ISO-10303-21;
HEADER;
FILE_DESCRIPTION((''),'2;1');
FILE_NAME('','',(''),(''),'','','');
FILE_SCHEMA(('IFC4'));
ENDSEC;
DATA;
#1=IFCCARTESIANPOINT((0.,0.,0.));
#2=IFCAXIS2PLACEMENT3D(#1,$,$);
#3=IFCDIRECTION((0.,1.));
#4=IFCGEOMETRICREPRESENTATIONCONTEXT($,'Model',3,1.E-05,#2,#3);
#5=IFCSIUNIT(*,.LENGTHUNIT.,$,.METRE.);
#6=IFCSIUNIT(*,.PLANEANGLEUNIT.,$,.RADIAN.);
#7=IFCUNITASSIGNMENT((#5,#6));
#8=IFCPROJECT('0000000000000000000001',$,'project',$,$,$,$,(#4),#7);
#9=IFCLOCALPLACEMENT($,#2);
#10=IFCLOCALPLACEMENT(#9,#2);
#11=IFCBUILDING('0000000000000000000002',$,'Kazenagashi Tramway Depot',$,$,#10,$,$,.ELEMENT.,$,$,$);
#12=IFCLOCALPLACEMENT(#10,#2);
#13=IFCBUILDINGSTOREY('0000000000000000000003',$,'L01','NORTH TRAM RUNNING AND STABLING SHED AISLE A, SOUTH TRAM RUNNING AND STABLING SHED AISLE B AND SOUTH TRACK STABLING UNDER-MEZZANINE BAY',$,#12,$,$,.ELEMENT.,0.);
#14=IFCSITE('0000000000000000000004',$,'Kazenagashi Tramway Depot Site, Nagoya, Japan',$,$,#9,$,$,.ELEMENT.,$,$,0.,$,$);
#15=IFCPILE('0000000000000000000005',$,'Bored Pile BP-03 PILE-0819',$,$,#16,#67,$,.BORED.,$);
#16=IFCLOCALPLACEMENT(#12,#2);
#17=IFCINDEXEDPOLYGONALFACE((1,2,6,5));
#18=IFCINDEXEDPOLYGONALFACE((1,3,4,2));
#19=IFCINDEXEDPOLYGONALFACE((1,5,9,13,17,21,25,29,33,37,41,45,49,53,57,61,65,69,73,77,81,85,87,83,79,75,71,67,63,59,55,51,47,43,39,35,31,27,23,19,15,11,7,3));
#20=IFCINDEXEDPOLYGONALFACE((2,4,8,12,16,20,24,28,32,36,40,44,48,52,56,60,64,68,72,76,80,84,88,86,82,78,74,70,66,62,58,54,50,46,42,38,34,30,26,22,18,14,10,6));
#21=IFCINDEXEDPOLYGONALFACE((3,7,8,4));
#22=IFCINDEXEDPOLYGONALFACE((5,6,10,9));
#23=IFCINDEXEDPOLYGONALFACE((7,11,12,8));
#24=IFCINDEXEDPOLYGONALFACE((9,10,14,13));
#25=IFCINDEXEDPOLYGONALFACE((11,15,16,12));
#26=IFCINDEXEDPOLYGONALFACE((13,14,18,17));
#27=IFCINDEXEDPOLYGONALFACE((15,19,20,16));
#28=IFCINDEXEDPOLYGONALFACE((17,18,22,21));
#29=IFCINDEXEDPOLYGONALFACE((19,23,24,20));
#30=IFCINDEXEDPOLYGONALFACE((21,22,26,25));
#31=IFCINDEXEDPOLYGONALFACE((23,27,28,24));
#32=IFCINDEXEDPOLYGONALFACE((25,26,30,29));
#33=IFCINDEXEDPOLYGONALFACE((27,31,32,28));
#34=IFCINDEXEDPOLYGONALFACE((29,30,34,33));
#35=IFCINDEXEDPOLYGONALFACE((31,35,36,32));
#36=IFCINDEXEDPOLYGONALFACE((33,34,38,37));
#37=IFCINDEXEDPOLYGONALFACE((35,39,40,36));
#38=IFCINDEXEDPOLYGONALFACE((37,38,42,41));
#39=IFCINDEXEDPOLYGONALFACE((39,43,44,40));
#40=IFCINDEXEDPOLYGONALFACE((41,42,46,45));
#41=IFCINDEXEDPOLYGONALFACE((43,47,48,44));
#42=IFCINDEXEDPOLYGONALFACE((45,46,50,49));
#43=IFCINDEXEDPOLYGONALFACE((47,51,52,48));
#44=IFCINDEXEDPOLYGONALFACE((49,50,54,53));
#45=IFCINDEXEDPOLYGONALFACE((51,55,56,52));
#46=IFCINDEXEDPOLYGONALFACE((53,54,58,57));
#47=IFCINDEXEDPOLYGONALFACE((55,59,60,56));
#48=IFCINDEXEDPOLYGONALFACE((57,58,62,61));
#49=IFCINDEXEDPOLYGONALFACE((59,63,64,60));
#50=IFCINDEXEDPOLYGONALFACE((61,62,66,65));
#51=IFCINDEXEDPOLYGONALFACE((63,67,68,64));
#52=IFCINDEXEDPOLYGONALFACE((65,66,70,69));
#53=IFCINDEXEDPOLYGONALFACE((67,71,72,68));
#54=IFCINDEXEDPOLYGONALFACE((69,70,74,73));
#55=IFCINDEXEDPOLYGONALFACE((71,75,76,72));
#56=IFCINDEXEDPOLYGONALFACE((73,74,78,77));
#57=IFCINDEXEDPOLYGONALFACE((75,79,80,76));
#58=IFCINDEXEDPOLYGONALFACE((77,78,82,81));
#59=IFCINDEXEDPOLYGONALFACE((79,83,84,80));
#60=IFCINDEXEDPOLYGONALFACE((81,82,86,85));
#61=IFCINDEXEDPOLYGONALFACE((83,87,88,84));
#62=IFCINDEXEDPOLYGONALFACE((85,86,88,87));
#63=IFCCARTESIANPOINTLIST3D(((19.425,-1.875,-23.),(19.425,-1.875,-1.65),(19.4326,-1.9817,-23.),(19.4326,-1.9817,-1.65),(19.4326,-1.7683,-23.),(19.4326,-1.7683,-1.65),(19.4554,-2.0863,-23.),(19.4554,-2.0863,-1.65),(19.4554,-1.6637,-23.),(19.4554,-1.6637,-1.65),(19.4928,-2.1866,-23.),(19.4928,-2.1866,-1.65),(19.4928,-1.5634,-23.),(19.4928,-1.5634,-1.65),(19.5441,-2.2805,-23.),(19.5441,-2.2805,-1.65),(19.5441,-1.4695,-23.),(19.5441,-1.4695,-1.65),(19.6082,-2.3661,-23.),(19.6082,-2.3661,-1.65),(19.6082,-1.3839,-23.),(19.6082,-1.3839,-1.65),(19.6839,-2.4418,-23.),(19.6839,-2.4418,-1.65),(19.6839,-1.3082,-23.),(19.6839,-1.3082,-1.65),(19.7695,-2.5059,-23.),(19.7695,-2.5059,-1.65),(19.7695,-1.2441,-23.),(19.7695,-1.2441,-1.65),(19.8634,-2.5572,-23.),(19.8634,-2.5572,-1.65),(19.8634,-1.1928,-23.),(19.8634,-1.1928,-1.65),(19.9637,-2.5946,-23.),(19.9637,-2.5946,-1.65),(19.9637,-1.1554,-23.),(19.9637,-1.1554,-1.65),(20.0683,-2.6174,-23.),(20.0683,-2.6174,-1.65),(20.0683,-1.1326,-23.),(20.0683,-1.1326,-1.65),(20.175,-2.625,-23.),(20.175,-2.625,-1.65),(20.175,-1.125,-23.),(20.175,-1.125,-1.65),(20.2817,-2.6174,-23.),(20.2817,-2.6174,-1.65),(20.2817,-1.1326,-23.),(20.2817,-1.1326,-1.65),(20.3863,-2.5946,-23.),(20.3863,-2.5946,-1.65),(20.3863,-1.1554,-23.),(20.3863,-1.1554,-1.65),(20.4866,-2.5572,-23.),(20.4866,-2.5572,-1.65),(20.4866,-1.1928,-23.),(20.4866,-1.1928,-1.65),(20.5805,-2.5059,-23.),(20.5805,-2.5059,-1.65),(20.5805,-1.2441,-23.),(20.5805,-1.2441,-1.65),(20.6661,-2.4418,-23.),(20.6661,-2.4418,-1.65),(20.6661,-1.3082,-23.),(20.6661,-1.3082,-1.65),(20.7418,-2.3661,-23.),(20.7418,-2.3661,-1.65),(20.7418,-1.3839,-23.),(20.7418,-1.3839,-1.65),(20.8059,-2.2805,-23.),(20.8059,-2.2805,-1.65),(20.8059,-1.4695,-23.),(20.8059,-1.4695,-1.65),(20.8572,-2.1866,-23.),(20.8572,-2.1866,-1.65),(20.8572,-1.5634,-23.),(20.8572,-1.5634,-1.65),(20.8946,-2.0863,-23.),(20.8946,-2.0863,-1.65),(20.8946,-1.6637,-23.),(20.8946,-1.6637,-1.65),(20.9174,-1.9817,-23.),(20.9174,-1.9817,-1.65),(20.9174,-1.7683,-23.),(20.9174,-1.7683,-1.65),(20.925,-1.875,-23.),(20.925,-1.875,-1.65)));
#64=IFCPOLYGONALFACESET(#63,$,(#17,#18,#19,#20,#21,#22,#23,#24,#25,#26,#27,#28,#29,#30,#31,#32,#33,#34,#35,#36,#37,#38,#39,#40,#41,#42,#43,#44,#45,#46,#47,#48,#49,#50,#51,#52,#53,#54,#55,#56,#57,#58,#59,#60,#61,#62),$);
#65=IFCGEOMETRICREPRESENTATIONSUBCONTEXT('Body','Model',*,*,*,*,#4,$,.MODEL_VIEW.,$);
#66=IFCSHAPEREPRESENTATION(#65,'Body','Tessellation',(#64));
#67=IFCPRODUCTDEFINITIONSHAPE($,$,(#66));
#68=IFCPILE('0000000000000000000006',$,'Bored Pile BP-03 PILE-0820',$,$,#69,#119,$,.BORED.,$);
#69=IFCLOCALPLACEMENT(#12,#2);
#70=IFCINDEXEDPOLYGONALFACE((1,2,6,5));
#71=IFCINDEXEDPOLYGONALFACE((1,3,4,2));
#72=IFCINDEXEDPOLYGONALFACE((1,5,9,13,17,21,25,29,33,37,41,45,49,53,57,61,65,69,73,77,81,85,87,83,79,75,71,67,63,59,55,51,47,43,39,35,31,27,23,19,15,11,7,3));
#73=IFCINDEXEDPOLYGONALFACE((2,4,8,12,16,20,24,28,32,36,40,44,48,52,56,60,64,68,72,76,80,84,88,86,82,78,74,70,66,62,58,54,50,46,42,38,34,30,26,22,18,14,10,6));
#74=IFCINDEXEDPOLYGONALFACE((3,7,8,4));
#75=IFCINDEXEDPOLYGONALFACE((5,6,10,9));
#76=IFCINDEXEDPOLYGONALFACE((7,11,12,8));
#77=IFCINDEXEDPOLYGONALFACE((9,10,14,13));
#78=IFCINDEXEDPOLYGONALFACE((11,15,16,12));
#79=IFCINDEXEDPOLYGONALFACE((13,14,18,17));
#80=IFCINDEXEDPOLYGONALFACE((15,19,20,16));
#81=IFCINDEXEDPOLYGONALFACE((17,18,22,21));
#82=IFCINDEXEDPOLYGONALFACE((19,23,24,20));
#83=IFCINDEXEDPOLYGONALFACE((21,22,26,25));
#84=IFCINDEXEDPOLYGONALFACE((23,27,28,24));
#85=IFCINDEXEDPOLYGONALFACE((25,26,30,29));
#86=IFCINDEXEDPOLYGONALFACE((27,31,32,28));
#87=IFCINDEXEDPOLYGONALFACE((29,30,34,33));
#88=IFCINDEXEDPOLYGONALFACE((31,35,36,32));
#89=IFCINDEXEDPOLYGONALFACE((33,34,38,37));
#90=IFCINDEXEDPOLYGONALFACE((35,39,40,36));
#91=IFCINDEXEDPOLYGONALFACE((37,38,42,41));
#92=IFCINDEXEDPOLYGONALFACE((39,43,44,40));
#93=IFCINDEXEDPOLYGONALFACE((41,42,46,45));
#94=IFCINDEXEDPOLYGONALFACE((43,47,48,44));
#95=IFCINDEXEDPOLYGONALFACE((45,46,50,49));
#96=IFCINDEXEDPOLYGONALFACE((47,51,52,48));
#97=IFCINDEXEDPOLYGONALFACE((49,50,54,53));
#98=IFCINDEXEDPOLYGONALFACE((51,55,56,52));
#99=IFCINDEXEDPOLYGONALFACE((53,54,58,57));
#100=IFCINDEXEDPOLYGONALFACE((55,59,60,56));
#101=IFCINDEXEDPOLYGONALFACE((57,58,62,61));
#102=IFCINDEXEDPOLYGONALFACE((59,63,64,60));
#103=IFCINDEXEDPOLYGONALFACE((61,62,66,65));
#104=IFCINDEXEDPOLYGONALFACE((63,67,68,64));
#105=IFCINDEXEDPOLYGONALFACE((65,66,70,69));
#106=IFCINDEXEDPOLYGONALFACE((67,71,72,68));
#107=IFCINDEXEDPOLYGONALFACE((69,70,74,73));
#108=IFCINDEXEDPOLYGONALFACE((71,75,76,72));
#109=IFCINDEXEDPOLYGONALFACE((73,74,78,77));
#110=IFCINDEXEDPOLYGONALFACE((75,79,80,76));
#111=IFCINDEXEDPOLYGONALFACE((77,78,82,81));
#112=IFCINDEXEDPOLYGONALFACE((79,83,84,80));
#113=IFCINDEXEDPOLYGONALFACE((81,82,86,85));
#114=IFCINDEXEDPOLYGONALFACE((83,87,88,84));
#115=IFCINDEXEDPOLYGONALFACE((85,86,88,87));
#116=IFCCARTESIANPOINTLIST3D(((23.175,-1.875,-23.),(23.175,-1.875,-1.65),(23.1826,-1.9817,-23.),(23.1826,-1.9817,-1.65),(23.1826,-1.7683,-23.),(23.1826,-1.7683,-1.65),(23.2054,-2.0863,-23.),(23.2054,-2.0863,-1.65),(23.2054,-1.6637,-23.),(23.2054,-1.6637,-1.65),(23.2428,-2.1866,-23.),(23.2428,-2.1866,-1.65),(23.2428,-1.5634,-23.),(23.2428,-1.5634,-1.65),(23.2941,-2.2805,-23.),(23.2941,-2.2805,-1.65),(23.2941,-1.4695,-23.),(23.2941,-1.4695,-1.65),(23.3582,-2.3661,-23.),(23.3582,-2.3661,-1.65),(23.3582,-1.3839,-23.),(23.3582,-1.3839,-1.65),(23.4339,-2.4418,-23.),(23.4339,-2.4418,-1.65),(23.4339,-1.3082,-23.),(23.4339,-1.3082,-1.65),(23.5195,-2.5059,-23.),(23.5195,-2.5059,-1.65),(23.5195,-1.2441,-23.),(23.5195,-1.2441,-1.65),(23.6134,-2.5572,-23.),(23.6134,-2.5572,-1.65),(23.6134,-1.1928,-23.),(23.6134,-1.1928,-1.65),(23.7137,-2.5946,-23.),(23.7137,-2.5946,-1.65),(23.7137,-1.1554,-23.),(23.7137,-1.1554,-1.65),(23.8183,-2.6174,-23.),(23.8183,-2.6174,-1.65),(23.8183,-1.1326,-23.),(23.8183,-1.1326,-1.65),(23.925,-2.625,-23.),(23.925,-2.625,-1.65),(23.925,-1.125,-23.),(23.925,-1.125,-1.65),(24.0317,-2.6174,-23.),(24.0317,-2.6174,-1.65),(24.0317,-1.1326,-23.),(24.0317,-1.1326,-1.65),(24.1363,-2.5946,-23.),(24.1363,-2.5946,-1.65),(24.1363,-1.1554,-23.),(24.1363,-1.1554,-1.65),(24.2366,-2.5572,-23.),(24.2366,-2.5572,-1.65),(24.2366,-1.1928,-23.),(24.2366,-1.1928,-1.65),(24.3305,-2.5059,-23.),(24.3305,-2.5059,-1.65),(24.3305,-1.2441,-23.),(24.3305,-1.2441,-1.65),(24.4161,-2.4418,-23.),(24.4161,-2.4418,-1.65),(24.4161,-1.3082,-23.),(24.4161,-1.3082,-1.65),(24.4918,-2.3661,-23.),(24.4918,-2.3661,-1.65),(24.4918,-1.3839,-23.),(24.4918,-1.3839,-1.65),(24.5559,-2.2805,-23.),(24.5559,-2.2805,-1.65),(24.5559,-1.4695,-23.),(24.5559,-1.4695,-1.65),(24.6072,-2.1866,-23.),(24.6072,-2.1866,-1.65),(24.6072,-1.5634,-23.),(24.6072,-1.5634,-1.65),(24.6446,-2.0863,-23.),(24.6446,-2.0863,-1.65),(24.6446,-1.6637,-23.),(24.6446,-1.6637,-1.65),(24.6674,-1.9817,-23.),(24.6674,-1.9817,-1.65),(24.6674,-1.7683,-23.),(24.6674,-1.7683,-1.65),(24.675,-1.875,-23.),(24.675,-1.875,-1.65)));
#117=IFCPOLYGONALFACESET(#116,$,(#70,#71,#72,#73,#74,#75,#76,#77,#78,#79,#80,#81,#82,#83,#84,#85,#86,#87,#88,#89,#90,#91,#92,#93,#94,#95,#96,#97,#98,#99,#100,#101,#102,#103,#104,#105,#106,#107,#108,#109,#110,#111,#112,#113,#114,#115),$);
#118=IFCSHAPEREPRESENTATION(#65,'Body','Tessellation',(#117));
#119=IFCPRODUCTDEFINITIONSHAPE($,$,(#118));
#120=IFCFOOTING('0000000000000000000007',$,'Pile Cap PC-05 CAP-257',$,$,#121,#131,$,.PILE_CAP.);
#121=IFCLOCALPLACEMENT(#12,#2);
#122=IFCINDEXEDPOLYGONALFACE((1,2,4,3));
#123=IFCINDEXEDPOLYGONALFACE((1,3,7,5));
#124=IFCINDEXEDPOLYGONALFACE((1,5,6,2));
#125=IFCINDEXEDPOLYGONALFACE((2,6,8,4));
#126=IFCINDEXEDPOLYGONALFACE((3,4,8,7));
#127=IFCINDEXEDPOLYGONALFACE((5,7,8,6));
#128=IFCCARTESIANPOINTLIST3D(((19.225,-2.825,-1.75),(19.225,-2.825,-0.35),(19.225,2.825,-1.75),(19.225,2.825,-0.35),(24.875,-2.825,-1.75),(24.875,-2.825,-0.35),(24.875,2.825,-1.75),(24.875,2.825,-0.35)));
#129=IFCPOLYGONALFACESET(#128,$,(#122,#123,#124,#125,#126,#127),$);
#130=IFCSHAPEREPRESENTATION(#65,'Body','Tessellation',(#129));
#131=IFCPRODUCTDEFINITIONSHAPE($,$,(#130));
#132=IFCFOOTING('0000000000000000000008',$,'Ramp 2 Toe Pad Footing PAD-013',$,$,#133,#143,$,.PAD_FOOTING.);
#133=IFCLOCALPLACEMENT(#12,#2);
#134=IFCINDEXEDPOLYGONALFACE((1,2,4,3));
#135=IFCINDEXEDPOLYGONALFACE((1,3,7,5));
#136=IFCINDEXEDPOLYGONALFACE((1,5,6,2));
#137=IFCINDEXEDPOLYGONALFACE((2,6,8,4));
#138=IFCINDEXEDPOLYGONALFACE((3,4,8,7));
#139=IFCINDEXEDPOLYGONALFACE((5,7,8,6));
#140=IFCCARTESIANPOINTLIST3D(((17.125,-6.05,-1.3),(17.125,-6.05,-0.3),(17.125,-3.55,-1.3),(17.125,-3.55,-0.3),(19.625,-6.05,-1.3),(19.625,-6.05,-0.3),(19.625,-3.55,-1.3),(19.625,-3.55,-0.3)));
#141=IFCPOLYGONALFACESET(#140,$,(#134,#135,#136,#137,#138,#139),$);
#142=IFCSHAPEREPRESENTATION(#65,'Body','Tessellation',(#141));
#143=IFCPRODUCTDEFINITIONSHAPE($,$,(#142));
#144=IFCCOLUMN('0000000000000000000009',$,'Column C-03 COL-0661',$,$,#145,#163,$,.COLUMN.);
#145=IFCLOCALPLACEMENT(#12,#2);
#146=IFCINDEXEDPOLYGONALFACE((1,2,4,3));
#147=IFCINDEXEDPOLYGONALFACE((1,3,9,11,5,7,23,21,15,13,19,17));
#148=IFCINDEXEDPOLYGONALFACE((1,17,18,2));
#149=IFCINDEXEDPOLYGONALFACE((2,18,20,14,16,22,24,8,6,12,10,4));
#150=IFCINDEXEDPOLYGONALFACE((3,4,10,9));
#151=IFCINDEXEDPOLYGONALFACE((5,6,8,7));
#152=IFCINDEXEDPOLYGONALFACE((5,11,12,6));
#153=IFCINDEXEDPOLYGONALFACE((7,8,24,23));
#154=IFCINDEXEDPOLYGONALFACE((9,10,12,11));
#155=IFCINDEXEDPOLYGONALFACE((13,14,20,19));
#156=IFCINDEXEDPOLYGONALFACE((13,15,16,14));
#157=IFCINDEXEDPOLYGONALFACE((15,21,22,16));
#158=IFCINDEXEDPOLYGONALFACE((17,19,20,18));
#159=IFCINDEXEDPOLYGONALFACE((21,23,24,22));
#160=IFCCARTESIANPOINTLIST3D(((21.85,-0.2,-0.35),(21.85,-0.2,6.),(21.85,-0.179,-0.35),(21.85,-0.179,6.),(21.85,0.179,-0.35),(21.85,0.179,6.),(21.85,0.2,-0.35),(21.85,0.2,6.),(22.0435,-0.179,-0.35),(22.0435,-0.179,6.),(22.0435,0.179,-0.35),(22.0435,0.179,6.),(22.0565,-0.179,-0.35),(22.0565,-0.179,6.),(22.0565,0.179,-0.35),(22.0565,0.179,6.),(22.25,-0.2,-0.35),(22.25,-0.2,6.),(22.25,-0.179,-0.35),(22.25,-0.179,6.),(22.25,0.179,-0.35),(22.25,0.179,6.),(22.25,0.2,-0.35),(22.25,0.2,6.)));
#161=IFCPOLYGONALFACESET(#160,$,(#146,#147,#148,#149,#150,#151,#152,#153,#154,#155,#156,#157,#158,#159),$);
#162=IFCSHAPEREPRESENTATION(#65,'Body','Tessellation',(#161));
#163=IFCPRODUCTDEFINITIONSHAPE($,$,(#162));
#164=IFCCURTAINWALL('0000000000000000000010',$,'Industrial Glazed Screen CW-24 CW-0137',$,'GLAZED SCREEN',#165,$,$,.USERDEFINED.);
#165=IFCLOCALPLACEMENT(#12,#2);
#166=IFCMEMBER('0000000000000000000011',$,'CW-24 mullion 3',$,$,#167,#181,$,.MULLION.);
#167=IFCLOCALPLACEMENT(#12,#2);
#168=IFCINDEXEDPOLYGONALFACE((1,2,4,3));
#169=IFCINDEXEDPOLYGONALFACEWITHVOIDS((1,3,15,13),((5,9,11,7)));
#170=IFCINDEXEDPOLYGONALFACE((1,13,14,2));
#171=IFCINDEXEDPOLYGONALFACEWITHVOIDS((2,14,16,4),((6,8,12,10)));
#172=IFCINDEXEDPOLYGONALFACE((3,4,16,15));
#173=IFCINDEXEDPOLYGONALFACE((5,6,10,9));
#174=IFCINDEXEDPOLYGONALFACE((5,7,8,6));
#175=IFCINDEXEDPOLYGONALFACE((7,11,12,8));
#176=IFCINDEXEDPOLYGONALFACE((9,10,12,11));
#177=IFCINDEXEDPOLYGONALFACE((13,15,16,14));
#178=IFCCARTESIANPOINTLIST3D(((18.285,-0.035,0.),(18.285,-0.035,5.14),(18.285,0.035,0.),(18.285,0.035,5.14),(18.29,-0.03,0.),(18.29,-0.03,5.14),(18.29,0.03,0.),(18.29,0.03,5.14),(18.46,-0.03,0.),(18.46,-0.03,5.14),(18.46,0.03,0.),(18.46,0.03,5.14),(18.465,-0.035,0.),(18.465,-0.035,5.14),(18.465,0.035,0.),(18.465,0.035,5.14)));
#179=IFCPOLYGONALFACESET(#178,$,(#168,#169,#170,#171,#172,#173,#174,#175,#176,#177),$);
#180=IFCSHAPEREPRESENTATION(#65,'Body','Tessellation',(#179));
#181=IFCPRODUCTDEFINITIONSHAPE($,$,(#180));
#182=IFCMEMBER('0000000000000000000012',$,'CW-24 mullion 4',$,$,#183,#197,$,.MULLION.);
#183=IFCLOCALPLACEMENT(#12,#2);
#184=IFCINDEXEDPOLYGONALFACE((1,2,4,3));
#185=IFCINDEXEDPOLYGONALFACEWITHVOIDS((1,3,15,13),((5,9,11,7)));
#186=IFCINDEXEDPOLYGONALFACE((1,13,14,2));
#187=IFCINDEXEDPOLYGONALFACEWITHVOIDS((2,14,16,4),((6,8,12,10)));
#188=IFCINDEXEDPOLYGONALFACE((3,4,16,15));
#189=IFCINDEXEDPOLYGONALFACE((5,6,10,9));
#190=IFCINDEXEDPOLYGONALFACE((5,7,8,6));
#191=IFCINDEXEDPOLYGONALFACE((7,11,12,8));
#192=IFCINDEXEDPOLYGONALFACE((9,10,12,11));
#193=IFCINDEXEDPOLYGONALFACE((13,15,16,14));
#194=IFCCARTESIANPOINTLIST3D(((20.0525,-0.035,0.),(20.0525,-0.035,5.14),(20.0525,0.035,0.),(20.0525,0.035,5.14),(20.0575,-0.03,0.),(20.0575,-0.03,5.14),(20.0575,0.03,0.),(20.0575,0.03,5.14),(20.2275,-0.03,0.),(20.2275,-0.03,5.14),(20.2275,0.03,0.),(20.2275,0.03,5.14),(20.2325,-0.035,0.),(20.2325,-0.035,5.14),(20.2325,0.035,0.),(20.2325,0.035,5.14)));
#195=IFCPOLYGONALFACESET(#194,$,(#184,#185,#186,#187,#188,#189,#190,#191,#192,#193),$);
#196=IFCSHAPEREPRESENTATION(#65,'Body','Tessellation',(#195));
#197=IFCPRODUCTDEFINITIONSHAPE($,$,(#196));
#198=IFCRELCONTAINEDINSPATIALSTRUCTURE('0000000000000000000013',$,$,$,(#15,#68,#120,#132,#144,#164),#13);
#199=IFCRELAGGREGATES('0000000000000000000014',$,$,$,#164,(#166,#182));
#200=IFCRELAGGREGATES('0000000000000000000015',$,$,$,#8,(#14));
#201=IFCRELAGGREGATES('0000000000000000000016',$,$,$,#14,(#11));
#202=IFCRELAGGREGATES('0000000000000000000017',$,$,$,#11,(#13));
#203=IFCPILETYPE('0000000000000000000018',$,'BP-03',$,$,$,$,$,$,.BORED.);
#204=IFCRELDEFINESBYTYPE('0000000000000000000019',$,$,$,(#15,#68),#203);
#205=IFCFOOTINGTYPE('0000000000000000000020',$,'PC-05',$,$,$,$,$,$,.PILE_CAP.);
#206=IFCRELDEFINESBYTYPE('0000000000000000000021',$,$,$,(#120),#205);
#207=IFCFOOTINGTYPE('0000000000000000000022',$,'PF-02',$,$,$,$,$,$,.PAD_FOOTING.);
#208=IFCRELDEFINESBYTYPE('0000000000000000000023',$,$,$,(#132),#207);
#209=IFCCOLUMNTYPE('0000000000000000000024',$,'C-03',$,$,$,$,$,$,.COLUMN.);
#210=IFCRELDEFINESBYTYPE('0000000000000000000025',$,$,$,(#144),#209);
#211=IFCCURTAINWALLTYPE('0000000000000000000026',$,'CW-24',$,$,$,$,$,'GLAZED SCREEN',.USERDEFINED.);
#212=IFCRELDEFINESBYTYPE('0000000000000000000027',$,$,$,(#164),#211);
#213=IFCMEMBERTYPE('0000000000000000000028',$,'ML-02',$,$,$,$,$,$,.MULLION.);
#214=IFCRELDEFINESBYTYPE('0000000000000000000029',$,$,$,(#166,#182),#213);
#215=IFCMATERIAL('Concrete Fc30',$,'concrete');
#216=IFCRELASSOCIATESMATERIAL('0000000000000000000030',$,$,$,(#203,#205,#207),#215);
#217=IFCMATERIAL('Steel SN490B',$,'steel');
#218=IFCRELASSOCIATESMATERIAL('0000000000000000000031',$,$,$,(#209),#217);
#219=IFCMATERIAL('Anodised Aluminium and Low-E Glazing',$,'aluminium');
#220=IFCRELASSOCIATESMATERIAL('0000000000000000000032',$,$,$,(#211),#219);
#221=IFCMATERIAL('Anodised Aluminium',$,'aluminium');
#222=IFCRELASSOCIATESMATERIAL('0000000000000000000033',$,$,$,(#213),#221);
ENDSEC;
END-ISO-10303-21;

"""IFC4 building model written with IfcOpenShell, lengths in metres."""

from ifc_helpers import new_model, si_unit, direction, frame, origin, origin_2d, place, context, subcontext, project, spatial, rectangle, hollow_rectangle, circle, i_section, extrude, material, material_profile, profile_set, type_object, element, aggregate, save


model = new_model("IFC4")

# Units and contexts
model_context = context("Model", 3, precision=1e-05, world=origin(), true_north=direction((0.0, 1.0)))
body_context = subcontext(model_context, "Body", "Model", "MODEL_VIEW")
ifc_project = project(units=[si_unit("LENGTHUNIT", "METRE"), si_unit("PLANEANGLEUNIT", "RADIAN")], contexts=[model_context])

# Site, building, storey
site_placement = place(None, origin())
site = spatial("IfcSite", under=ifc_project, at=site_placement, Name="Kazenagashi Tramway Depot Site, Nagoya, Japan", CompositionType="ELEMENT", RefElevation=0.0)
building_placement = place(site_placement, origin())
building = spatial("IfcBuilding", under=site, at=building_placement, Name="Kazenagashi Tramway Depot", CompositionType="ELEMENT")
storey_placement = place(building_placement, origin())
storey = spatial("IfcBuildingStorey", under=building, at=storey_placement, Name="L01", Description="NORTH TRAM RUNNING AND STABLING SHED AISLE A, SOUTH TRAM RUNNING AND STABLING SHED AISLE B AND SOUTH TRACK STABLING UNDER-MEZZANINE BAY", CompositionType="ELEMENT", Elevation=0.0)

# Piles
ifc_material_1 = material(Name="Concrete Fc30", Category="concrete")
ifc_material_profile_1 = material_profile(ifc_material_1, circle(Radius=0.75, at=origin_2d()), Name="PILE-1500")
ifc_profile_set_1 = profile_set([ifc_material_profile_1], Name="Concrete Fc30")
pile_type = type_object("IfcPileType", Name="BP-03", PredefinedType="BORED", material=ifc_profile_set_1)
for number, where, z_axis, x_axis, name in (
    (1, (20.175, -1.875, -1.65), (0.0, 0.0, -1.0), (1.0, 0.0, 0.0), "Bored Pile BP-03 PILE-0819"),
    (2, (23.925, -1.875, -1.65), (0.0, 0.0, -1.0), (1.0, 0.0, 0.0), "Bored Pile BP-03 PILE-0820"),
):
    element("IfcPile", number, at=place(storey_placement, frame(where, z_axis=z_axis, x_axis=x_axis)), inside=storey, type_object=pile_type, Name=name, PredefinedType="BORED", context=body_context, shape_type="SweptSolid", body=[
        extrude(circle(Radius=0.75, at=origin_2d()), origin(), (0.0, 0.0, 1.0), 21.35),
    ])

# Footings
footing_type_1 = type_object("IfcFootingType", Name="PC-05", PredefinedType="PILE_CAP", material=ifc_material_1)
footing_1_placement = place(storey_placement, frame((22.05, 0.0, -1.75), z_axis=(0.0, 0.0, 1.0), x_axis=(1.0, 0.0, 0.0)))
element("IfcFooting", 3, at=footing_1_placement, inside=storey, type_object=footing_type_1, Name="Pile Cap PC-05 CAP-257", PredefinedType="PILE_CAP", context=body_context, shape_type="SweptSolid", body=[
    extrude(rectangle(XDim=5.65, YDim=5.65, at=origin_2d()), origin(), (0.0, 0.0, 1.0), 1.4),
])
footing_type_2 = type_object("IfcFootingType", Name="PF-02", PredefinedType="PAD_FOOTING", material=ifc_material_1)
footing_2_placement = place(storey_placement, frame((18.375, -4.8, -1.3), z_axis=(0.0, 0.0, 1.0), x_axis=(1.0, 0.0, 0.0)))
element("IfcFooting", 4, at=footing_2_placement, inside=storey, type_object=footing_type_2, Name="Ramp 2 Toe Pad Footing PAD-013", PredefinedType="PAD_FOOTING", context=body_context, shape_type="SweptSolid", body=[
    extrude(rectangle(XDim=2.5, YDim=2.5, at=origin_2d()), origin(), (0.0, 0.0, 1.0), 1.0),
])

# Column
ifc_material_2 = material(Name="Steel SN490B", Category="steel")
ifc_material_profile_2 = material_profile(ifc_material_2, i_section(OverallWidth=0.4, OverallDepth=0.4, WebThickness=0.013, FlangeThickness=0.021, at=origin_2d()), Name="H-400x400x13x21")
ifc_profile_set_2 = profile_set([ifc_material_profile_2], Name="Steel SN490B")
column_type = type_object("IfcColumnType", Name="C-03", PredefinedType="COLUMN", material=ifc_profile_set_2)
column_placement = place(storey_placement, frame((22.05, 0.0, -0.35), z_axis=(0.0, 0.0, 1.0), x_axis=(1.0, 0.0, 0.0)))
element("IfcColumn", 5, at=column_placement, inside=storey, type_object=column_type, Name="Column C-03 COL-0661", PredefinedType="COLUMN", context=body_context, shape_type="SweptSolid", body=[
    extrude(i_section(OverallWidth=0.4, OverallDepth=0.4, WebThickness=0.013, FlangeThickness=0.021, at=origin_2d()), origin(), (0.0, 0.0, 1.0), 6.35),
])

# Curtain wall, members
ifc_material_3 = material(Name="Anodised Aluminium and Low-E Glazing", Category="aluminium")
curtain_wall_type = type_object("IfcCurtainWallType", Name="CW-24", ElementType="GLAZED SCREEN", PredefinedType="USERDEFINED", material=ifc_material_3)
curtain_wall_1_placement = place(storey_placement, origin())
curtain_wall_1 = element("IfcCurtainWall", 6, at=curtain_wall_1_placement, inside=storey, type_object=curtain_wall_type, Name="Industrial Glazed Screen CW-24 CW-0137", ObjectType="GLAZED SCREEN", PredefinedType="USERDEFINED")
ifc_material_4 = material(Name="Anodised Aluminium", Category="aluminium")
ifc_material_profile_3 = material_profile(ifc_material_4, hollow_rectangle(XDim=0.07, YDim=0.18, WallThickness=0.005, at=origin_2d()), Name="RHS-180x70x5")
ifc_profile_set_3 = profile_set([ifc_material_profile_3], Name="Anodised Aluminium")
member_type_1 = type_object("IfcMemberType", Name="ML-02", PredefinedType="MULLION", material=ifc_profile_set_3)
member_1_placement = place(storey_placement, frame((18.375, 0.0, 0.0), z_axis=(0.0, 0.0, 1.0), x_axis=(0.0, 1.0, 0.0)))
member_1 = element("IfcMember", 7, at=member_1_placement, type_object=member_type_1, Name="CW-24 mullion 3", PredefinedType="MULLION", context=body_context, shape_type="SweptSolid", body=[
    extrude(hollow_rectangle(XDim=0.07, YDim=0.18, WallThickness=0.005, at=origin_2d()), origin(), (0.0, 0.0, 1.0), 5.14),
])
member_2_placement = place(storey_placement, frame((20.1425, 0.0, 0.0), z_axis=(0.0, 0.0, 1.0), x_axis=(0.0, 1.0, 0.0)))
member_2 = element("IfcMember", 8, at=member_2_placement, type_object=member_type_1, Name="CW-24 mullion 4", PredefinedType="MULLION", context=body_context, shape_type="SweptSolid", body=[
    extrude(hollow_rectangle(XDim=0.07, YDim=0.18, WallThickness=0.005, at=origin_2d()), origin(), (0.0, 0.0, 1.0), 5.14),
])

aggregate(curtain_wall_1, [member_1, member_2])

save(model, "model.ifc")
